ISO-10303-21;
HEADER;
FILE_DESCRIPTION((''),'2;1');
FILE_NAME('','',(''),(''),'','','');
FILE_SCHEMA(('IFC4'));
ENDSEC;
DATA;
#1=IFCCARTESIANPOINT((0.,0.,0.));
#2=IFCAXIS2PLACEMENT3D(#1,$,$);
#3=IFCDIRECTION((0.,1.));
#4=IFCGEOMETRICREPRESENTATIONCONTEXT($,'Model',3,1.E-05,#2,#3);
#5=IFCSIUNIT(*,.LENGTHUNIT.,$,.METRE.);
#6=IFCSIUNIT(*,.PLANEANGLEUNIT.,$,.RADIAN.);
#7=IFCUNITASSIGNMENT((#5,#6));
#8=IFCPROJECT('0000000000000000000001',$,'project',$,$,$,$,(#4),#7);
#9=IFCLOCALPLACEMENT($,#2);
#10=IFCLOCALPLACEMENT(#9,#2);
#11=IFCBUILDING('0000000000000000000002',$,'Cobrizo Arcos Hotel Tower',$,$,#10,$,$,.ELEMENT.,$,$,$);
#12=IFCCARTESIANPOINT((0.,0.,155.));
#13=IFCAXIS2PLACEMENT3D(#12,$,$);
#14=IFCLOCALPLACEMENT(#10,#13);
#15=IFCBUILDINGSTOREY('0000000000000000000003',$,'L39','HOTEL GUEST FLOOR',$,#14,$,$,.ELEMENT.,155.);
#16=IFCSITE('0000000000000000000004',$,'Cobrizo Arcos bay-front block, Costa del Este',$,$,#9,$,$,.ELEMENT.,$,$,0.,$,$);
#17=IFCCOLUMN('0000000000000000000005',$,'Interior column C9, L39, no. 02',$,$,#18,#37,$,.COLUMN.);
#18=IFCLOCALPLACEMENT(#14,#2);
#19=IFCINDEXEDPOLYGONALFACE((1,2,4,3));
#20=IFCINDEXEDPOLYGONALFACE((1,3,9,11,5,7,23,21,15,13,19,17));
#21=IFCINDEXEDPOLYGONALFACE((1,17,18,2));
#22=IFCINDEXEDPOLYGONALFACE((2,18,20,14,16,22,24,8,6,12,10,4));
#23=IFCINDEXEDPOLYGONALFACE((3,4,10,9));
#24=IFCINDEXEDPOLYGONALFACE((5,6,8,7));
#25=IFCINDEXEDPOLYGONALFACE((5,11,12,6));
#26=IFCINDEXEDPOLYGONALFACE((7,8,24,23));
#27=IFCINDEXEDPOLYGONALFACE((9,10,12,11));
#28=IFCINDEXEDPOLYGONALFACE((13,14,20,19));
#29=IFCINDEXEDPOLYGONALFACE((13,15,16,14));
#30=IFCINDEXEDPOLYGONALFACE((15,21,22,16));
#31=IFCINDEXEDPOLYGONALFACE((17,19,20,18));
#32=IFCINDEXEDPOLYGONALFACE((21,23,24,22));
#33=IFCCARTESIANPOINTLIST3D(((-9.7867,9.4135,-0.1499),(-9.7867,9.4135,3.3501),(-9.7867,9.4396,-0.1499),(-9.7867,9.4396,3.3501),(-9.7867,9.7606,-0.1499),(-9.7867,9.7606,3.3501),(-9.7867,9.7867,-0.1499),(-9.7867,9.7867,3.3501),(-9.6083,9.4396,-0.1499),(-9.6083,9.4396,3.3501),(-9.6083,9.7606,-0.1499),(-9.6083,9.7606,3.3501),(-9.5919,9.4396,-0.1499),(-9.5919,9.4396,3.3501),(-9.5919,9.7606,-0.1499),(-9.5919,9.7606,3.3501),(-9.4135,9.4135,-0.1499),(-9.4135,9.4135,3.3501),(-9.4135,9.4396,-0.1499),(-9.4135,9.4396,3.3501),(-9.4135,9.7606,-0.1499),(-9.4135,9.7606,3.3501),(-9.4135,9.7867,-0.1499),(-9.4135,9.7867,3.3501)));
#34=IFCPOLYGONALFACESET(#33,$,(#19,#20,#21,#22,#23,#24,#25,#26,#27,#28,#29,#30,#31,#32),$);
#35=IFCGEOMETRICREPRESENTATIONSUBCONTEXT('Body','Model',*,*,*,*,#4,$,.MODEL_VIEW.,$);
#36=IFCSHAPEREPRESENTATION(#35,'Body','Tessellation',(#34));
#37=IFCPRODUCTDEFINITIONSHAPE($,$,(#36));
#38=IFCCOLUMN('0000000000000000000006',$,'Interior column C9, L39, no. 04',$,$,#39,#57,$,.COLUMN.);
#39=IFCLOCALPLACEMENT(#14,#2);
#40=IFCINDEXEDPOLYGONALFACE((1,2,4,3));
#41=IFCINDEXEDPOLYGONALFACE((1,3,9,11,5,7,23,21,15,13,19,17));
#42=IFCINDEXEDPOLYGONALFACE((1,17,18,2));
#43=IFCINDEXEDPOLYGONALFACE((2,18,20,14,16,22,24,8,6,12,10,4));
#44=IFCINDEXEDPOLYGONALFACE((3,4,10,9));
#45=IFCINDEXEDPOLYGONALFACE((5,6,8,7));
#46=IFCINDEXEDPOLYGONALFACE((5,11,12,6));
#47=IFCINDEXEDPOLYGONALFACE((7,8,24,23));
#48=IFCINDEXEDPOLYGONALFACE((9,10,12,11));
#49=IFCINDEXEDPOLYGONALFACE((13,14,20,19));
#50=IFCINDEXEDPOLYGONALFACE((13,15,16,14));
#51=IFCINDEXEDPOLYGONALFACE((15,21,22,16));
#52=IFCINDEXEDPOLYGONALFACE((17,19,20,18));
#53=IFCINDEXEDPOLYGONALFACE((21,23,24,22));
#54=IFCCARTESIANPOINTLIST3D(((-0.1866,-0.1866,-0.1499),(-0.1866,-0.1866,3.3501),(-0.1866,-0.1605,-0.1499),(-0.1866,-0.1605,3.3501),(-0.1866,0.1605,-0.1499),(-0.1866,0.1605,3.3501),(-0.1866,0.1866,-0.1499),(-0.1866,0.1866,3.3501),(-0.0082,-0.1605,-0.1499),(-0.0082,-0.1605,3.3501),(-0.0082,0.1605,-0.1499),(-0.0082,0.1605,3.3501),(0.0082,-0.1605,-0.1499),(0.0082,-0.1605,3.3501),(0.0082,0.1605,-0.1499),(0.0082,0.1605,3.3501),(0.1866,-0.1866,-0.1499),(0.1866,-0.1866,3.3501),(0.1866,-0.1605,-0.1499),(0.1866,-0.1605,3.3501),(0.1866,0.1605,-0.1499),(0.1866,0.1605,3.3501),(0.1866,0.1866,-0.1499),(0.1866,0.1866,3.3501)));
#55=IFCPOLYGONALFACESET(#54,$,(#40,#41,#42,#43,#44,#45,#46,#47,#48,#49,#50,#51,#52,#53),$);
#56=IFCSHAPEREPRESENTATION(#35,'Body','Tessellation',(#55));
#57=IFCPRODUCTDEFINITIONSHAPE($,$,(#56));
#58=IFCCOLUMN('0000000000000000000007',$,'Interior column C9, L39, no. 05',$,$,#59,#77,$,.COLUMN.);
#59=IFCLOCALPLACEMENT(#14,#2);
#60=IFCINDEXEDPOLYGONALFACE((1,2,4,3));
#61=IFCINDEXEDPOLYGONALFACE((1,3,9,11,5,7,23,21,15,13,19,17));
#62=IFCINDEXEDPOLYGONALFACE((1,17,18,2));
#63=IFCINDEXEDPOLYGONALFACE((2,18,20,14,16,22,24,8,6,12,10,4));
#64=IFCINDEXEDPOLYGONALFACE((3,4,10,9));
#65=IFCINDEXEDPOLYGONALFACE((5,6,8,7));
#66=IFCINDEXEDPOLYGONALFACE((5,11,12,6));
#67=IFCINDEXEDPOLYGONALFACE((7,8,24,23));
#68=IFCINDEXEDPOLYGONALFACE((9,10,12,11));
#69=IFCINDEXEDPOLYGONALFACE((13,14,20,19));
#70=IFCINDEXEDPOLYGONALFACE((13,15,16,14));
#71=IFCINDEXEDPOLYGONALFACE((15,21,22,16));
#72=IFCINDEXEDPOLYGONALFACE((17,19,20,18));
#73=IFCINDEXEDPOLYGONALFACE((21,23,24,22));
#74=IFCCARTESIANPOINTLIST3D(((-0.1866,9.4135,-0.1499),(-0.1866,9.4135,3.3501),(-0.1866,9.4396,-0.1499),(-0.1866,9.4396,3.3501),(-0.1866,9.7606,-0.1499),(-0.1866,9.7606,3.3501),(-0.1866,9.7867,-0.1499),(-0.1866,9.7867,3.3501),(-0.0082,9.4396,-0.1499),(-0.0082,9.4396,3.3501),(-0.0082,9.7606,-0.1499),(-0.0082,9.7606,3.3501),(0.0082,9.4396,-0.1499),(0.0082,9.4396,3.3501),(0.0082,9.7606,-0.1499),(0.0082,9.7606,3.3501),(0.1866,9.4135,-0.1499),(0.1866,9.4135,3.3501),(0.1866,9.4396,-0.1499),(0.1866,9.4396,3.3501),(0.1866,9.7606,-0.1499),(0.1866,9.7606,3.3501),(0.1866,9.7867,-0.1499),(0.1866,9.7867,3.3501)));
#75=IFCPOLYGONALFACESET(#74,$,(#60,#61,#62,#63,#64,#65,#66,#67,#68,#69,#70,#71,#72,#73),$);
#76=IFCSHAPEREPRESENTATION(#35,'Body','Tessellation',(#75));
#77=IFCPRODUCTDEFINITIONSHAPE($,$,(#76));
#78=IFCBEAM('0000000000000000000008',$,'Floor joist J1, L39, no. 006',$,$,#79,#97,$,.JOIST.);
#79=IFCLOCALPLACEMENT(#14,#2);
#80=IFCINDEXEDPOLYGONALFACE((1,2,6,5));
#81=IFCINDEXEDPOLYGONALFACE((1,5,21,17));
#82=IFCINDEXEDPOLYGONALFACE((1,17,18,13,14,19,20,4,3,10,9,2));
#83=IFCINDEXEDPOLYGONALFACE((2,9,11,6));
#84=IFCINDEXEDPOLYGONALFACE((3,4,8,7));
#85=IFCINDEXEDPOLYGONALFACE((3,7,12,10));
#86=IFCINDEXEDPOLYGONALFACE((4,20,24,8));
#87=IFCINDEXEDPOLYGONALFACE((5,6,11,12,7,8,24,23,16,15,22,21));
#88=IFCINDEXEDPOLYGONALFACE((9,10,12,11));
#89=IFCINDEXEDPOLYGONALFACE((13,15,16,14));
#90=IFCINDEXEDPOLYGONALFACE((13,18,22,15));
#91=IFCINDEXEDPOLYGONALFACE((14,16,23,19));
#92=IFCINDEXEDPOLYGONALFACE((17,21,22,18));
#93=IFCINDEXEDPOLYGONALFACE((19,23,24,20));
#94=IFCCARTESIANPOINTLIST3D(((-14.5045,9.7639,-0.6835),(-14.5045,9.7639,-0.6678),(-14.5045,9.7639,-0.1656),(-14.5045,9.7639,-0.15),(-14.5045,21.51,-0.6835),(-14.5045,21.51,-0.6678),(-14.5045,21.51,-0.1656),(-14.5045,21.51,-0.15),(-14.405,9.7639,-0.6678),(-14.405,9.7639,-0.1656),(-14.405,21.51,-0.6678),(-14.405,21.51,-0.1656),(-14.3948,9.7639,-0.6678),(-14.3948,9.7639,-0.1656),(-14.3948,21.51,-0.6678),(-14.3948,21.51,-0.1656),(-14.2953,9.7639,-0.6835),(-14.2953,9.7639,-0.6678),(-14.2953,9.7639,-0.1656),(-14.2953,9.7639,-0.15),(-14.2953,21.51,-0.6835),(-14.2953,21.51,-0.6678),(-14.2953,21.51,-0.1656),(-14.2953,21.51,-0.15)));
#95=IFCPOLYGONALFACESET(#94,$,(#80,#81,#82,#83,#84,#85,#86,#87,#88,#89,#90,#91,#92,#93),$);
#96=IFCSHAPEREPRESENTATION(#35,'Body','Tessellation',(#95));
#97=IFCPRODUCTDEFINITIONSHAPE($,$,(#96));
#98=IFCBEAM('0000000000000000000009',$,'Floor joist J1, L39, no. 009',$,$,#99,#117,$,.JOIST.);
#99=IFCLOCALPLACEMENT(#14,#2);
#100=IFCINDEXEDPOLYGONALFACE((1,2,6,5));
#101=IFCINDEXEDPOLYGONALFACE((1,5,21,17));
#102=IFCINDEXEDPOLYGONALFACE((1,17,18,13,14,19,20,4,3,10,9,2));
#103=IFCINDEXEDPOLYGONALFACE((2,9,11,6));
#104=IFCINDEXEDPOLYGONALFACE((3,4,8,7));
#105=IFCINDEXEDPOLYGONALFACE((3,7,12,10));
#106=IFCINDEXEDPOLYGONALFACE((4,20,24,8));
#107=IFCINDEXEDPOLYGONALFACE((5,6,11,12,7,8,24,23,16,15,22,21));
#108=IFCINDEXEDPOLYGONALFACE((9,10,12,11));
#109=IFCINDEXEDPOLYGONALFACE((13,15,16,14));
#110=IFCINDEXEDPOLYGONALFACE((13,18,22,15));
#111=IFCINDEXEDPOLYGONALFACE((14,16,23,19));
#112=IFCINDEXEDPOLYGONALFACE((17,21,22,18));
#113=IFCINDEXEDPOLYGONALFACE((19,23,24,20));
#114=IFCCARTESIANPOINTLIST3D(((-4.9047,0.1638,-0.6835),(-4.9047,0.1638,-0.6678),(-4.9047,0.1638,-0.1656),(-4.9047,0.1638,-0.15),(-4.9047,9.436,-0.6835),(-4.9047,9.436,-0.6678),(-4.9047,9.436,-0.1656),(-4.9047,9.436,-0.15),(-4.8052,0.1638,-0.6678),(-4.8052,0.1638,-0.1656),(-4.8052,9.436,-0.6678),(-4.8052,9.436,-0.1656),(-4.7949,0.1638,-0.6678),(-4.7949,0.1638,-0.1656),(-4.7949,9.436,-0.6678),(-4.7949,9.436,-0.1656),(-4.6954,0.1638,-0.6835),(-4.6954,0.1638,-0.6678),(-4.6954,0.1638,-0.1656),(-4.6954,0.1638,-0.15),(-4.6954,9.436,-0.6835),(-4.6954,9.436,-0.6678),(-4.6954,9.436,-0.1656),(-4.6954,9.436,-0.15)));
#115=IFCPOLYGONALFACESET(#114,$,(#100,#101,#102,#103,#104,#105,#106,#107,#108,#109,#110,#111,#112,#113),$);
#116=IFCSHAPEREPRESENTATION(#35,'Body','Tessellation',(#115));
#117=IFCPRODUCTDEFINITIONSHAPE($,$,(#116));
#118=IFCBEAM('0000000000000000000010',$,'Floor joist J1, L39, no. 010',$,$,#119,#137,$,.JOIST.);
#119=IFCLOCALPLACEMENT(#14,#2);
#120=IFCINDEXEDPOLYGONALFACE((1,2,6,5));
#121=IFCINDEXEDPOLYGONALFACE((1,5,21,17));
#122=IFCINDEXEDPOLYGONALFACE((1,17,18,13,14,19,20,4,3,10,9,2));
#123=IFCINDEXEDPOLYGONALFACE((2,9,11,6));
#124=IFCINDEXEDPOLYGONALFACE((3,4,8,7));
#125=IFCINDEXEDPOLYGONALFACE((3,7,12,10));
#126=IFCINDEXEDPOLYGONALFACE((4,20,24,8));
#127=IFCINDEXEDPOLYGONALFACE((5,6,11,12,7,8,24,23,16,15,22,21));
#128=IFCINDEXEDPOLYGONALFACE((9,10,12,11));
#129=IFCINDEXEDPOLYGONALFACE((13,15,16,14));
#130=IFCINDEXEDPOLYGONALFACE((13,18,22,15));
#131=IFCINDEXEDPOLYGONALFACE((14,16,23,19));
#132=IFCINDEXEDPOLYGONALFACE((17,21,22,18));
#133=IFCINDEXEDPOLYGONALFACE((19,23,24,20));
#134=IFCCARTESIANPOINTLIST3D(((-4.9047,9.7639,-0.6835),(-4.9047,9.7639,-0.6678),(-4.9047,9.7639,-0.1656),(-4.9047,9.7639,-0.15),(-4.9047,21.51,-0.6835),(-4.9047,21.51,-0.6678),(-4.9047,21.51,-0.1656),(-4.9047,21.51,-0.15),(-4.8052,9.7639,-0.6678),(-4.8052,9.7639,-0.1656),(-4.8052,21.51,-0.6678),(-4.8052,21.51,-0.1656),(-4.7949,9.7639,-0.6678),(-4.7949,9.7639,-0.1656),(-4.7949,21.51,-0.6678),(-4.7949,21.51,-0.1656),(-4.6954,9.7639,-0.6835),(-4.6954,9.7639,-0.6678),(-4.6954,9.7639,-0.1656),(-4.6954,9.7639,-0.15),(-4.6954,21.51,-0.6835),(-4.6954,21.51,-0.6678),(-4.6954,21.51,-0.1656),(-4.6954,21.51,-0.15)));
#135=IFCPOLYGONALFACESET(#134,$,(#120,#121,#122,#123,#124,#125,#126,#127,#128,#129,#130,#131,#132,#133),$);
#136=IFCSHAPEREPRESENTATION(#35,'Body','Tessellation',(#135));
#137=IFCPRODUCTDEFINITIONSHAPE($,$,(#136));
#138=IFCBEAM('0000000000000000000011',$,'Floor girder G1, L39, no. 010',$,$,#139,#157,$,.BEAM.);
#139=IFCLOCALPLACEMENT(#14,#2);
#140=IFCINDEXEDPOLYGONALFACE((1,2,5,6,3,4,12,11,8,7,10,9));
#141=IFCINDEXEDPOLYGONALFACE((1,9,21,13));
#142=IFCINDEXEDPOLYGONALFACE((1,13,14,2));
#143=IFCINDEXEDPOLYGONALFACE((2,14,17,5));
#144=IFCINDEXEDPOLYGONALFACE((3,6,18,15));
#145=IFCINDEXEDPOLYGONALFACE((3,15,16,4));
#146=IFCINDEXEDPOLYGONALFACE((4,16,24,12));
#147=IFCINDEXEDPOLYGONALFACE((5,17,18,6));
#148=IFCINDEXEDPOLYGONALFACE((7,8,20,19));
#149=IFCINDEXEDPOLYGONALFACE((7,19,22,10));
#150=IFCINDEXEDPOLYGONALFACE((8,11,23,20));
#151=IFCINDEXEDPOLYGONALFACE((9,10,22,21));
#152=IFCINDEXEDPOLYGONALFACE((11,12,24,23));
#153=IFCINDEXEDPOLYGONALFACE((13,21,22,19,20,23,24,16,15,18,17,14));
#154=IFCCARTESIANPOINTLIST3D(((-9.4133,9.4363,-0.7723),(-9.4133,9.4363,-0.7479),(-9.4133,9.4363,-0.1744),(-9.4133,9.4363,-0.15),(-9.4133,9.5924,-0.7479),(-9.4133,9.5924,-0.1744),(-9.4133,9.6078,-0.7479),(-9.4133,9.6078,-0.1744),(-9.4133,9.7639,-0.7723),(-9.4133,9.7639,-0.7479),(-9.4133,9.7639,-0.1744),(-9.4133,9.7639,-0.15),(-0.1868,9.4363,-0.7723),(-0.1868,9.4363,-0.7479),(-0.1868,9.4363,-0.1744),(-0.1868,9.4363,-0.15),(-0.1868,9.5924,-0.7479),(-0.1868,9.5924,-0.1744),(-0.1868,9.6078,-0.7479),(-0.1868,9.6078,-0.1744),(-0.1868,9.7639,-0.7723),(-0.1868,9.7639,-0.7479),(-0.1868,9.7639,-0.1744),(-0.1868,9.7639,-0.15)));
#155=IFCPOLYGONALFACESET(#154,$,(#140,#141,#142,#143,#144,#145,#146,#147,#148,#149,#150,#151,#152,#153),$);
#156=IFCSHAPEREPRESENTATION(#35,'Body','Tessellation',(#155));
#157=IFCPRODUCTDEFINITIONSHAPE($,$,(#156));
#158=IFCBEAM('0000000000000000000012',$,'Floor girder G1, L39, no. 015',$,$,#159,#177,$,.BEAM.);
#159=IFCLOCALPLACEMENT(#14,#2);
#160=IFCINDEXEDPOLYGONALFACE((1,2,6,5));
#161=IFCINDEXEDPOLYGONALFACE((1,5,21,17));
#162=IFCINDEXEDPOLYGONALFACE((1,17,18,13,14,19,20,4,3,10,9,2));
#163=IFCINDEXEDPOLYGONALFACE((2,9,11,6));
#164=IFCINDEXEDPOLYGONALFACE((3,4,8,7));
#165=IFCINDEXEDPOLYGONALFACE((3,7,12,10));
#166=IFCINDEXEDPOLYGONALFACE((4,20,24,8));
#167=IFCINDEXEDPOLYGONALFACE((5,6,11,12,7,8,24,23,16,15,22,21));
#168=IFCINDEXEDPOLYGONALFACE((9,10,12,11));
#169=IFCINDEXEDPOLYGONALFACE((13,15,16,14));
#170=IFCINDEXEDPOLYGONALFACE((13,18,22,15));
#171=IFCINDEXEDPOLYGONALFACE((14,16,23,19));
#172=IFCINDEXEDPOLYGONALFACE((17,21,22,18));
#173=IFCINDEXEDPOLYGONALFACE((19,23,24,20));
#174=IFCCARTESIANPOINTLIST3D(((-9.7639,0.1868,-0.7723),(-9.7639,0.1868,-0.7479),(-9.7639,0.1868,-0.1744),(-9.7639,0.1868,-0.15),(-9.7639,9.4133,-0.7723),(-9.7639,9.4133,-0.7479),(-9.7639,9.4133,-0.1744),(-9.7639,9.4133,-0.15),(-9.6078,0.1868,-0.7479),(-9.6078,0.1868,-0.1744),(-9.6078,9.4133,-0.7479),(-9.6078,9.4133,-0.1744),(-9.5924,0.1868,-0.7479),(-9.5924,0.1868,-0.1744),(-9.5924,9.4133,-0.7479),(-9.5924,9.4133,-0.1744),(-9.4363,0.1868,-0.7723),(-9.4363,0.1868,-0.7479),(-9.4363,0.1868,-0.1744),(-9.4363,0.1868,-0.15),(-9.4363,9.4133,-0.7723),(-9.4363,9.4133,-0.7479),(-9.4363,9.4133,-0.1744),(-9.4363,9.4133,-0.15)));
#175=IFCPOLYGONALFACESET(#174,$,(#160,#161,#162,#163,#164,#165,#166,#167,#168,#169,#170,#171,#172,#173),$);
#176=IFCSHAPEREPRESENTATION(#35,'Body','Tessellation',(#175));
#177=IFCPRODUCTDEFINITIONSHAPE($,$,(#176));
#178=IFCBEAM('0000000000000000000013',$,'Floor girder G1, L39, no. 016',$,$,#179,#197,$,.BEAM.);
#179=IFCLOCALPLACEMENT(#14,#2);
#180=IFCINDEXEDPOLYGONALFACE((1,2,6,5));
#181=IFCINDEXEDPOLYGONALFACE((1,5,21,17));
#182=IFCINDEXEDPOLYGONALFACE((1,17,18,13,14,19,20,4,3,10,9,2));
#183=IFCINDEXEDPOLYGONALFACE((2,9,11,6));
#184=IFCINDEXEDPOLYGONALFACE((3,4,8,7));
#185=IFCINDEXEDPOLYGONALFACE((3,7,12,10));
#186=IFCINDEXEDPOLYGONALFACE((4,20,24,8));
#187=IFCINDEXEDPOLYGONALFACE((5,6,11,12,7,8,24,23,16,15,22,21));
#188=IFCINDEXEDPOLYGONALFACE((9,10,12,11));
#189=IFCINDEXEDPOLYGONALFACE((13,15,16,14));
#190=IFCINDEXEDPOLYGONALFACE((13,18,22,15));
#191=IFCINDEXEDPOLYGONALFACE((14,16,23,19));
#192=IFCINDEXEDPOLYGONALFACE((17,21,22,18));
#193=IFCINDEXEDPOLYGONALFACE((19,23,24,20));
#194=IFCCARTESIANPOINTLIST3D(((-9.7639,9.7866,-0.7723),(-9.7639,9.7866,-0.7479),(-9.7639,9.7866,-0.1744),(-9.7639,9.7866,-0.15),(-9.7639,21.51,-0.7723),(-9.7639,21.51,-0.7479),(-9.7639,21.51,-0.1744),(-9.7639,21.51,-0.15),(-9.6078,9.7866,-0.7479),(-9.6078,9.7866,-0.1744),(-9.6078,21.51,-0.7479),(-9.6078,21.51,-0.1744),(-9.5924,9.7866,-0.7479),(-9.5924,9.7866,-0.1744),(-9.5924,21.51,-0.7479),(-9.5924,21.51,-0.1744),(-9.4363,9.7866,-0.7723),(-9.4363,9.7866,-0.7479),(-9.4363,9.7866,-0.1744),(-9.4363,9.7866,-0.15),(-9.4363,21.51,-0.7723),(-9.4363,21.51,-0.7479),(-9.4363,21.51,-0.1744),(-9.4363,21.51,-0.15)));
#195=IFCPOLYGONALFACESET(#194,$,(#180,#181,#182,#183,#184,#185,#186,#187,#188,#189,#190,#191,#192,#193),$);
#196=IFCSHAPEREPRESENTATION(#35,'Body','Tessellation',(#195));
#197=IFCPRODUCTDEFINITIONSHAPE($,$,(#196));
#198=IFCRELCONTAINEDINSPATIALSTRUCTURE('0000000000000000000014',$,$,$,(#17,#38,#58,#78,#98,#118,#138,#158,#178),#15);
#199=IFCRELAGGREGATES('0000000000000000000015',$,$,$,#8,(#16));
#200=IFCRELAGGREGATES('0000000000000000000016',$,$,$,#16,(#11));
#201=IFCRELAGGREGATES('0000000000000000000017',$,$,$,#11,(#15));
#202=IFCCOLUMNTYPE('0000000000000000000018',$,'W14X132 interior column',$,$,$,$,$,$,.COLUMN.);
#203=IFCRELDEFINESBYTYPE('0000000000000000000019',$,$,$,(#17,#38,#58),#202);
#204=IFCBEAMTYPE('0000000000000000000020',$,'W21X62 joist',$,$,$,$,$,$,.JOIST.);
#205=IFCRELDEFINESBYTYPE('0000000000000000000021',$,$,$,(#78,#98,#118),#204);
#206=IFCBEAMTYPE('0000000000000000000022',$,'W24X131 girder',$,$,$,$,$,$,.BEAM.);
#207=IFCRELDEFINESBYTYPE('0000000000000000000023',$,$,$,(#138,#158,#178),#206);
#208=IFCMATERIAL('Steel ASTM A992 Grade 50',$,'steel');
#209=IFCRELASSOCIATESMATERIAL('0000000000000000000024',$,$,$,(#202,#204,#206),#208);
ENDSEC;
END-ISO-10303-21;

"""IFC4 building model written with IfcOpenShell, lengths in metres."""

from ifc_helpers import new_model, si_unit, direction, frame, origin, origin_2d, place, context, subcontext, project, spatial, i_section, extrude, material, material_profile, profile_set, type_object, element, save


model = new_model("IFC4")

# Units and contexts
model_context = context("Model", 3, precision=1e-05, world=origin(), true_north=direction((0.0, 1.0)))
body_context = subcontext(model_context, "Body", "Model", "MODEL_VIEW")
ifc_project = project(units=[si_unit("LENGTHUNIT", "METRE"), si_unit("PLANEANGLEUNIT", "RADIAN")], contexts=[model_context])

# Site, building, storey
site_placement = place(None, origin())
site = spatial("IfcSite", under=ifc_project, at=site_placement, Name="Cobrizo Arcos bay-front block, Costa del Este", CompositionType="ELEMENT", RefElevation=0.0)
building_placement = place(site_placement, origin())
building = spatial("IfcBuilding", under=site, at=building_placement, Name="Cobrizo Arcos Hotel Tower", CompositionType="ELEMENT")
storey_placement = place(building_placement, frame((0.0, 0.0, 155.0)))
storey = spatial("IfcBuildingStorey", under=building, at=storey_placement, Name="L39", Description="HOTEL GUEST FLOOR", CompositionType="ELEMENT", Elevation=155.0)

# Columns
ifc_material_1 = material(Name="Steel ASTM A992 Grade 50", Category="steel")
ifc_material_profile_1 = material_profile(ifc_material_1, i_section(OverallWidth=0.3733, OverallDepth=0.3733, WebThickness=0.0164, FlangeThickness=0.0261, at=origin_2d()), Name="W14X132")
ifc_profile_set_1 = profile_set([ifc_material_profile_1], Name="Steel ASTM A992 Grade 50")
column_type = type_object("IfcColumnType", Name="W14X132 interior column", PredefinedType="COLUMN", material=ifc_profile_set_1)
for number, where, z_axis, x_axis, name in (
    (1, (-9.6001, 9.6001, -0.1499), (0.0, 0.0, 1.0), (1.0, 0.0, 0.0), "Interior column C9, L39, no. 02"),
    (2, (0.0, 0.0, -0.1499), (0.0, 0.0, 1.0), (1.0, 0.0, 0.0), "Interior column C9, L39, no. 04"),
    (3, (0.0, 9.6001, -0.1499), (0.0, 0.0, 1.0), (1.0, 0.0, 0.0), "Interior column C9, L39, no. 05"),
):
    element("IfcColumn", number, at=place(storey_placement, frame(where, z_axis=z_axis, x_axis=x_axis)), inside=storey, type_object=column_type, Name=name, PredefinedType="COLUMN", context=body_context, shape_type="SweptSolid", body=[
        extrude(i_section(OverallWidth=0.3733, OverallDepth=0.3733, WebThickness=0.0164, FlangeThickness=0.0261, at=origin_2d()), origin(), (0.0, 0.0, 1.0), 3.5),
    ])

# Beams
ifc_material_profile_2 = material_profile(ifc_material_1, i_section(OverallWidth=0.2092, OverallDepth=0.5334, WebThickness=0.0103, FlangeThickness=0.0156, at=origin_2d()), Name="W21X62")
ifc_profile_set_2 = profile_set([ifc_material_profile_2], Name="Steel ASTM A992 Grade 50")
beam_type_1 = type_object("IfcBeamType", Name="W21X62 joist", PredefinedType="JOIST", material=ifc_profile_set_2)
beam_1_placement = place(storey_placement, frame((-14.3999, 9.7639, -0.4167), z_axis=(0.0, 1.0, 0.0), x_axis=(-1.0, 0.0, 0.0)))
element("IfcBeam", 4, at=beam_1_placement, inside=storey, type_object=beam_type_1, Name="Floor joist J1, L39, no. 006", PredefinedType="JOIST", context=body_context, shape_type="SweptSolid", body=[
    extrude(i_section(OverallWidth=0.2092, OverallDepth=0.5334, WebThickness=0.0103, FlangeThickness=0.0156, at=origin_2d()), origin(), (0.0, 0.0, 1.0), 11.7461),
])
beam_2_placement = place(storey_placement, frame((-4.8, 0.1638, -0.4167), z_axis=(0.0, 1.0, 0.0), x_axis=(-1.0, 0.0, 0.0)))
element("IfcBeam", 5, at=beam_2_placement, inside=storey, type_object=beam_type_1, Name="Floor joist J1, L39, no. 009", PredefinedType="JOIST", context=body_context, shape_type="SweptSolid", body=[
    extrude(i_section(OverallWidth=0.2092, OverallDepth=0.5334, WebThickness=0.0103, FlangeThickness=0.0156, at=origin_2d()), origin(), (0.0, 0.0, 1.0), 9.2722),
])
beam_3_placement = place(storey_placement, frame((-4.8, 9.7639, -0.4167), z_axis=(0.0, 1.0, 0.0), x_axis=(-1.0, 0.0, 0.0)))
element("IfcBeam", 6, at=beam_3_placement, inside=storey, type_object=beam_type_1, Name="Floor joist J1, L39, no. 010", PredefinedType="JOIST", context=body_context, shape_type="SweptSolid", body=[
    extrude(i_section(OverallWidth=0.2092, OverallDepth=0.5334, WebThickness=0.0103, FlangeThickness=0.0156, at=origin_2d()), origin(), (0.0, 0.0, 1.0), 11.7461),
])
ifc_material_profile_3 = material_profile(ifc_material_1, i_section(OverallWidth=0.3276, OverallDepth=0.6223, WebThickness=0.0154, FlangeThickness=0.0244, at=origin_2d()), Name="W24X131")
ifc_profile_set_3 = profile_set([ifc_material_profile_3], Name="Steel ASTM A992 Grade 50")
beam_type_2 = type_object("IfcBeamType", Name="W24X131 girder", PredefinedType="BEAM", material=ifc_profile_set_3)
for number, where, z_axis, x_axis, name in (
    (7, (-9.4133, 9.6001, -0.4612), (1.0, 0.0, 0.0), (0.0, 1.0, 0.0), "Floor girder G1, L39, no. 010"),
    (8, (-9.6001, 0.1868, -0.4612), (0.0, 1.0, 0.0), (-1.0, 0.0, 0.0), "Floor girder G1, L39, no. 015"),
):
    element("IfcBeam", number, at=place(storey_placement, frame(where, z_axis=z_axis, x_axis=x_axis)), inside=storey, type_object=beam_type_2, Name=name, PredefinedType="BEAM", context=body_context, shape_type="SweptSolid", body=[
        extrude(i_section(OverallWidth=0.3276, OverallDepth=0.6223, WebThickness=0.0154, FlangeThickness=0.0244, at=origin_2d()), origin(), (0.0, 0.0, 1.0), 9.2266),
    ])
beam_4_placement = place(storey_placement, frame((-9.6001, 9.7866, -0.4612), z_axis=(0.0, 1.0, 0.0), x_axis=(-1.0, 0.0, 0.0)))
element("IfcBeam", 9, at=beam_4_placement, inside=storey, type_object=beam_type_2, Name="Floor girder G1, L39, no. 016", PredefinedType="BEAM", context=body_context, shape_type="SweptSolid", body=[
    extrude(i_section(OverallWidth=0.3276, OverallDepth=0.6223, WebThickness=0.0154, FlangeThickness=0.0244, at=origin_2d()), origin(), (0.0, 0.0, 1.0), 11.7234),
])

save(model, "model.ifc")
